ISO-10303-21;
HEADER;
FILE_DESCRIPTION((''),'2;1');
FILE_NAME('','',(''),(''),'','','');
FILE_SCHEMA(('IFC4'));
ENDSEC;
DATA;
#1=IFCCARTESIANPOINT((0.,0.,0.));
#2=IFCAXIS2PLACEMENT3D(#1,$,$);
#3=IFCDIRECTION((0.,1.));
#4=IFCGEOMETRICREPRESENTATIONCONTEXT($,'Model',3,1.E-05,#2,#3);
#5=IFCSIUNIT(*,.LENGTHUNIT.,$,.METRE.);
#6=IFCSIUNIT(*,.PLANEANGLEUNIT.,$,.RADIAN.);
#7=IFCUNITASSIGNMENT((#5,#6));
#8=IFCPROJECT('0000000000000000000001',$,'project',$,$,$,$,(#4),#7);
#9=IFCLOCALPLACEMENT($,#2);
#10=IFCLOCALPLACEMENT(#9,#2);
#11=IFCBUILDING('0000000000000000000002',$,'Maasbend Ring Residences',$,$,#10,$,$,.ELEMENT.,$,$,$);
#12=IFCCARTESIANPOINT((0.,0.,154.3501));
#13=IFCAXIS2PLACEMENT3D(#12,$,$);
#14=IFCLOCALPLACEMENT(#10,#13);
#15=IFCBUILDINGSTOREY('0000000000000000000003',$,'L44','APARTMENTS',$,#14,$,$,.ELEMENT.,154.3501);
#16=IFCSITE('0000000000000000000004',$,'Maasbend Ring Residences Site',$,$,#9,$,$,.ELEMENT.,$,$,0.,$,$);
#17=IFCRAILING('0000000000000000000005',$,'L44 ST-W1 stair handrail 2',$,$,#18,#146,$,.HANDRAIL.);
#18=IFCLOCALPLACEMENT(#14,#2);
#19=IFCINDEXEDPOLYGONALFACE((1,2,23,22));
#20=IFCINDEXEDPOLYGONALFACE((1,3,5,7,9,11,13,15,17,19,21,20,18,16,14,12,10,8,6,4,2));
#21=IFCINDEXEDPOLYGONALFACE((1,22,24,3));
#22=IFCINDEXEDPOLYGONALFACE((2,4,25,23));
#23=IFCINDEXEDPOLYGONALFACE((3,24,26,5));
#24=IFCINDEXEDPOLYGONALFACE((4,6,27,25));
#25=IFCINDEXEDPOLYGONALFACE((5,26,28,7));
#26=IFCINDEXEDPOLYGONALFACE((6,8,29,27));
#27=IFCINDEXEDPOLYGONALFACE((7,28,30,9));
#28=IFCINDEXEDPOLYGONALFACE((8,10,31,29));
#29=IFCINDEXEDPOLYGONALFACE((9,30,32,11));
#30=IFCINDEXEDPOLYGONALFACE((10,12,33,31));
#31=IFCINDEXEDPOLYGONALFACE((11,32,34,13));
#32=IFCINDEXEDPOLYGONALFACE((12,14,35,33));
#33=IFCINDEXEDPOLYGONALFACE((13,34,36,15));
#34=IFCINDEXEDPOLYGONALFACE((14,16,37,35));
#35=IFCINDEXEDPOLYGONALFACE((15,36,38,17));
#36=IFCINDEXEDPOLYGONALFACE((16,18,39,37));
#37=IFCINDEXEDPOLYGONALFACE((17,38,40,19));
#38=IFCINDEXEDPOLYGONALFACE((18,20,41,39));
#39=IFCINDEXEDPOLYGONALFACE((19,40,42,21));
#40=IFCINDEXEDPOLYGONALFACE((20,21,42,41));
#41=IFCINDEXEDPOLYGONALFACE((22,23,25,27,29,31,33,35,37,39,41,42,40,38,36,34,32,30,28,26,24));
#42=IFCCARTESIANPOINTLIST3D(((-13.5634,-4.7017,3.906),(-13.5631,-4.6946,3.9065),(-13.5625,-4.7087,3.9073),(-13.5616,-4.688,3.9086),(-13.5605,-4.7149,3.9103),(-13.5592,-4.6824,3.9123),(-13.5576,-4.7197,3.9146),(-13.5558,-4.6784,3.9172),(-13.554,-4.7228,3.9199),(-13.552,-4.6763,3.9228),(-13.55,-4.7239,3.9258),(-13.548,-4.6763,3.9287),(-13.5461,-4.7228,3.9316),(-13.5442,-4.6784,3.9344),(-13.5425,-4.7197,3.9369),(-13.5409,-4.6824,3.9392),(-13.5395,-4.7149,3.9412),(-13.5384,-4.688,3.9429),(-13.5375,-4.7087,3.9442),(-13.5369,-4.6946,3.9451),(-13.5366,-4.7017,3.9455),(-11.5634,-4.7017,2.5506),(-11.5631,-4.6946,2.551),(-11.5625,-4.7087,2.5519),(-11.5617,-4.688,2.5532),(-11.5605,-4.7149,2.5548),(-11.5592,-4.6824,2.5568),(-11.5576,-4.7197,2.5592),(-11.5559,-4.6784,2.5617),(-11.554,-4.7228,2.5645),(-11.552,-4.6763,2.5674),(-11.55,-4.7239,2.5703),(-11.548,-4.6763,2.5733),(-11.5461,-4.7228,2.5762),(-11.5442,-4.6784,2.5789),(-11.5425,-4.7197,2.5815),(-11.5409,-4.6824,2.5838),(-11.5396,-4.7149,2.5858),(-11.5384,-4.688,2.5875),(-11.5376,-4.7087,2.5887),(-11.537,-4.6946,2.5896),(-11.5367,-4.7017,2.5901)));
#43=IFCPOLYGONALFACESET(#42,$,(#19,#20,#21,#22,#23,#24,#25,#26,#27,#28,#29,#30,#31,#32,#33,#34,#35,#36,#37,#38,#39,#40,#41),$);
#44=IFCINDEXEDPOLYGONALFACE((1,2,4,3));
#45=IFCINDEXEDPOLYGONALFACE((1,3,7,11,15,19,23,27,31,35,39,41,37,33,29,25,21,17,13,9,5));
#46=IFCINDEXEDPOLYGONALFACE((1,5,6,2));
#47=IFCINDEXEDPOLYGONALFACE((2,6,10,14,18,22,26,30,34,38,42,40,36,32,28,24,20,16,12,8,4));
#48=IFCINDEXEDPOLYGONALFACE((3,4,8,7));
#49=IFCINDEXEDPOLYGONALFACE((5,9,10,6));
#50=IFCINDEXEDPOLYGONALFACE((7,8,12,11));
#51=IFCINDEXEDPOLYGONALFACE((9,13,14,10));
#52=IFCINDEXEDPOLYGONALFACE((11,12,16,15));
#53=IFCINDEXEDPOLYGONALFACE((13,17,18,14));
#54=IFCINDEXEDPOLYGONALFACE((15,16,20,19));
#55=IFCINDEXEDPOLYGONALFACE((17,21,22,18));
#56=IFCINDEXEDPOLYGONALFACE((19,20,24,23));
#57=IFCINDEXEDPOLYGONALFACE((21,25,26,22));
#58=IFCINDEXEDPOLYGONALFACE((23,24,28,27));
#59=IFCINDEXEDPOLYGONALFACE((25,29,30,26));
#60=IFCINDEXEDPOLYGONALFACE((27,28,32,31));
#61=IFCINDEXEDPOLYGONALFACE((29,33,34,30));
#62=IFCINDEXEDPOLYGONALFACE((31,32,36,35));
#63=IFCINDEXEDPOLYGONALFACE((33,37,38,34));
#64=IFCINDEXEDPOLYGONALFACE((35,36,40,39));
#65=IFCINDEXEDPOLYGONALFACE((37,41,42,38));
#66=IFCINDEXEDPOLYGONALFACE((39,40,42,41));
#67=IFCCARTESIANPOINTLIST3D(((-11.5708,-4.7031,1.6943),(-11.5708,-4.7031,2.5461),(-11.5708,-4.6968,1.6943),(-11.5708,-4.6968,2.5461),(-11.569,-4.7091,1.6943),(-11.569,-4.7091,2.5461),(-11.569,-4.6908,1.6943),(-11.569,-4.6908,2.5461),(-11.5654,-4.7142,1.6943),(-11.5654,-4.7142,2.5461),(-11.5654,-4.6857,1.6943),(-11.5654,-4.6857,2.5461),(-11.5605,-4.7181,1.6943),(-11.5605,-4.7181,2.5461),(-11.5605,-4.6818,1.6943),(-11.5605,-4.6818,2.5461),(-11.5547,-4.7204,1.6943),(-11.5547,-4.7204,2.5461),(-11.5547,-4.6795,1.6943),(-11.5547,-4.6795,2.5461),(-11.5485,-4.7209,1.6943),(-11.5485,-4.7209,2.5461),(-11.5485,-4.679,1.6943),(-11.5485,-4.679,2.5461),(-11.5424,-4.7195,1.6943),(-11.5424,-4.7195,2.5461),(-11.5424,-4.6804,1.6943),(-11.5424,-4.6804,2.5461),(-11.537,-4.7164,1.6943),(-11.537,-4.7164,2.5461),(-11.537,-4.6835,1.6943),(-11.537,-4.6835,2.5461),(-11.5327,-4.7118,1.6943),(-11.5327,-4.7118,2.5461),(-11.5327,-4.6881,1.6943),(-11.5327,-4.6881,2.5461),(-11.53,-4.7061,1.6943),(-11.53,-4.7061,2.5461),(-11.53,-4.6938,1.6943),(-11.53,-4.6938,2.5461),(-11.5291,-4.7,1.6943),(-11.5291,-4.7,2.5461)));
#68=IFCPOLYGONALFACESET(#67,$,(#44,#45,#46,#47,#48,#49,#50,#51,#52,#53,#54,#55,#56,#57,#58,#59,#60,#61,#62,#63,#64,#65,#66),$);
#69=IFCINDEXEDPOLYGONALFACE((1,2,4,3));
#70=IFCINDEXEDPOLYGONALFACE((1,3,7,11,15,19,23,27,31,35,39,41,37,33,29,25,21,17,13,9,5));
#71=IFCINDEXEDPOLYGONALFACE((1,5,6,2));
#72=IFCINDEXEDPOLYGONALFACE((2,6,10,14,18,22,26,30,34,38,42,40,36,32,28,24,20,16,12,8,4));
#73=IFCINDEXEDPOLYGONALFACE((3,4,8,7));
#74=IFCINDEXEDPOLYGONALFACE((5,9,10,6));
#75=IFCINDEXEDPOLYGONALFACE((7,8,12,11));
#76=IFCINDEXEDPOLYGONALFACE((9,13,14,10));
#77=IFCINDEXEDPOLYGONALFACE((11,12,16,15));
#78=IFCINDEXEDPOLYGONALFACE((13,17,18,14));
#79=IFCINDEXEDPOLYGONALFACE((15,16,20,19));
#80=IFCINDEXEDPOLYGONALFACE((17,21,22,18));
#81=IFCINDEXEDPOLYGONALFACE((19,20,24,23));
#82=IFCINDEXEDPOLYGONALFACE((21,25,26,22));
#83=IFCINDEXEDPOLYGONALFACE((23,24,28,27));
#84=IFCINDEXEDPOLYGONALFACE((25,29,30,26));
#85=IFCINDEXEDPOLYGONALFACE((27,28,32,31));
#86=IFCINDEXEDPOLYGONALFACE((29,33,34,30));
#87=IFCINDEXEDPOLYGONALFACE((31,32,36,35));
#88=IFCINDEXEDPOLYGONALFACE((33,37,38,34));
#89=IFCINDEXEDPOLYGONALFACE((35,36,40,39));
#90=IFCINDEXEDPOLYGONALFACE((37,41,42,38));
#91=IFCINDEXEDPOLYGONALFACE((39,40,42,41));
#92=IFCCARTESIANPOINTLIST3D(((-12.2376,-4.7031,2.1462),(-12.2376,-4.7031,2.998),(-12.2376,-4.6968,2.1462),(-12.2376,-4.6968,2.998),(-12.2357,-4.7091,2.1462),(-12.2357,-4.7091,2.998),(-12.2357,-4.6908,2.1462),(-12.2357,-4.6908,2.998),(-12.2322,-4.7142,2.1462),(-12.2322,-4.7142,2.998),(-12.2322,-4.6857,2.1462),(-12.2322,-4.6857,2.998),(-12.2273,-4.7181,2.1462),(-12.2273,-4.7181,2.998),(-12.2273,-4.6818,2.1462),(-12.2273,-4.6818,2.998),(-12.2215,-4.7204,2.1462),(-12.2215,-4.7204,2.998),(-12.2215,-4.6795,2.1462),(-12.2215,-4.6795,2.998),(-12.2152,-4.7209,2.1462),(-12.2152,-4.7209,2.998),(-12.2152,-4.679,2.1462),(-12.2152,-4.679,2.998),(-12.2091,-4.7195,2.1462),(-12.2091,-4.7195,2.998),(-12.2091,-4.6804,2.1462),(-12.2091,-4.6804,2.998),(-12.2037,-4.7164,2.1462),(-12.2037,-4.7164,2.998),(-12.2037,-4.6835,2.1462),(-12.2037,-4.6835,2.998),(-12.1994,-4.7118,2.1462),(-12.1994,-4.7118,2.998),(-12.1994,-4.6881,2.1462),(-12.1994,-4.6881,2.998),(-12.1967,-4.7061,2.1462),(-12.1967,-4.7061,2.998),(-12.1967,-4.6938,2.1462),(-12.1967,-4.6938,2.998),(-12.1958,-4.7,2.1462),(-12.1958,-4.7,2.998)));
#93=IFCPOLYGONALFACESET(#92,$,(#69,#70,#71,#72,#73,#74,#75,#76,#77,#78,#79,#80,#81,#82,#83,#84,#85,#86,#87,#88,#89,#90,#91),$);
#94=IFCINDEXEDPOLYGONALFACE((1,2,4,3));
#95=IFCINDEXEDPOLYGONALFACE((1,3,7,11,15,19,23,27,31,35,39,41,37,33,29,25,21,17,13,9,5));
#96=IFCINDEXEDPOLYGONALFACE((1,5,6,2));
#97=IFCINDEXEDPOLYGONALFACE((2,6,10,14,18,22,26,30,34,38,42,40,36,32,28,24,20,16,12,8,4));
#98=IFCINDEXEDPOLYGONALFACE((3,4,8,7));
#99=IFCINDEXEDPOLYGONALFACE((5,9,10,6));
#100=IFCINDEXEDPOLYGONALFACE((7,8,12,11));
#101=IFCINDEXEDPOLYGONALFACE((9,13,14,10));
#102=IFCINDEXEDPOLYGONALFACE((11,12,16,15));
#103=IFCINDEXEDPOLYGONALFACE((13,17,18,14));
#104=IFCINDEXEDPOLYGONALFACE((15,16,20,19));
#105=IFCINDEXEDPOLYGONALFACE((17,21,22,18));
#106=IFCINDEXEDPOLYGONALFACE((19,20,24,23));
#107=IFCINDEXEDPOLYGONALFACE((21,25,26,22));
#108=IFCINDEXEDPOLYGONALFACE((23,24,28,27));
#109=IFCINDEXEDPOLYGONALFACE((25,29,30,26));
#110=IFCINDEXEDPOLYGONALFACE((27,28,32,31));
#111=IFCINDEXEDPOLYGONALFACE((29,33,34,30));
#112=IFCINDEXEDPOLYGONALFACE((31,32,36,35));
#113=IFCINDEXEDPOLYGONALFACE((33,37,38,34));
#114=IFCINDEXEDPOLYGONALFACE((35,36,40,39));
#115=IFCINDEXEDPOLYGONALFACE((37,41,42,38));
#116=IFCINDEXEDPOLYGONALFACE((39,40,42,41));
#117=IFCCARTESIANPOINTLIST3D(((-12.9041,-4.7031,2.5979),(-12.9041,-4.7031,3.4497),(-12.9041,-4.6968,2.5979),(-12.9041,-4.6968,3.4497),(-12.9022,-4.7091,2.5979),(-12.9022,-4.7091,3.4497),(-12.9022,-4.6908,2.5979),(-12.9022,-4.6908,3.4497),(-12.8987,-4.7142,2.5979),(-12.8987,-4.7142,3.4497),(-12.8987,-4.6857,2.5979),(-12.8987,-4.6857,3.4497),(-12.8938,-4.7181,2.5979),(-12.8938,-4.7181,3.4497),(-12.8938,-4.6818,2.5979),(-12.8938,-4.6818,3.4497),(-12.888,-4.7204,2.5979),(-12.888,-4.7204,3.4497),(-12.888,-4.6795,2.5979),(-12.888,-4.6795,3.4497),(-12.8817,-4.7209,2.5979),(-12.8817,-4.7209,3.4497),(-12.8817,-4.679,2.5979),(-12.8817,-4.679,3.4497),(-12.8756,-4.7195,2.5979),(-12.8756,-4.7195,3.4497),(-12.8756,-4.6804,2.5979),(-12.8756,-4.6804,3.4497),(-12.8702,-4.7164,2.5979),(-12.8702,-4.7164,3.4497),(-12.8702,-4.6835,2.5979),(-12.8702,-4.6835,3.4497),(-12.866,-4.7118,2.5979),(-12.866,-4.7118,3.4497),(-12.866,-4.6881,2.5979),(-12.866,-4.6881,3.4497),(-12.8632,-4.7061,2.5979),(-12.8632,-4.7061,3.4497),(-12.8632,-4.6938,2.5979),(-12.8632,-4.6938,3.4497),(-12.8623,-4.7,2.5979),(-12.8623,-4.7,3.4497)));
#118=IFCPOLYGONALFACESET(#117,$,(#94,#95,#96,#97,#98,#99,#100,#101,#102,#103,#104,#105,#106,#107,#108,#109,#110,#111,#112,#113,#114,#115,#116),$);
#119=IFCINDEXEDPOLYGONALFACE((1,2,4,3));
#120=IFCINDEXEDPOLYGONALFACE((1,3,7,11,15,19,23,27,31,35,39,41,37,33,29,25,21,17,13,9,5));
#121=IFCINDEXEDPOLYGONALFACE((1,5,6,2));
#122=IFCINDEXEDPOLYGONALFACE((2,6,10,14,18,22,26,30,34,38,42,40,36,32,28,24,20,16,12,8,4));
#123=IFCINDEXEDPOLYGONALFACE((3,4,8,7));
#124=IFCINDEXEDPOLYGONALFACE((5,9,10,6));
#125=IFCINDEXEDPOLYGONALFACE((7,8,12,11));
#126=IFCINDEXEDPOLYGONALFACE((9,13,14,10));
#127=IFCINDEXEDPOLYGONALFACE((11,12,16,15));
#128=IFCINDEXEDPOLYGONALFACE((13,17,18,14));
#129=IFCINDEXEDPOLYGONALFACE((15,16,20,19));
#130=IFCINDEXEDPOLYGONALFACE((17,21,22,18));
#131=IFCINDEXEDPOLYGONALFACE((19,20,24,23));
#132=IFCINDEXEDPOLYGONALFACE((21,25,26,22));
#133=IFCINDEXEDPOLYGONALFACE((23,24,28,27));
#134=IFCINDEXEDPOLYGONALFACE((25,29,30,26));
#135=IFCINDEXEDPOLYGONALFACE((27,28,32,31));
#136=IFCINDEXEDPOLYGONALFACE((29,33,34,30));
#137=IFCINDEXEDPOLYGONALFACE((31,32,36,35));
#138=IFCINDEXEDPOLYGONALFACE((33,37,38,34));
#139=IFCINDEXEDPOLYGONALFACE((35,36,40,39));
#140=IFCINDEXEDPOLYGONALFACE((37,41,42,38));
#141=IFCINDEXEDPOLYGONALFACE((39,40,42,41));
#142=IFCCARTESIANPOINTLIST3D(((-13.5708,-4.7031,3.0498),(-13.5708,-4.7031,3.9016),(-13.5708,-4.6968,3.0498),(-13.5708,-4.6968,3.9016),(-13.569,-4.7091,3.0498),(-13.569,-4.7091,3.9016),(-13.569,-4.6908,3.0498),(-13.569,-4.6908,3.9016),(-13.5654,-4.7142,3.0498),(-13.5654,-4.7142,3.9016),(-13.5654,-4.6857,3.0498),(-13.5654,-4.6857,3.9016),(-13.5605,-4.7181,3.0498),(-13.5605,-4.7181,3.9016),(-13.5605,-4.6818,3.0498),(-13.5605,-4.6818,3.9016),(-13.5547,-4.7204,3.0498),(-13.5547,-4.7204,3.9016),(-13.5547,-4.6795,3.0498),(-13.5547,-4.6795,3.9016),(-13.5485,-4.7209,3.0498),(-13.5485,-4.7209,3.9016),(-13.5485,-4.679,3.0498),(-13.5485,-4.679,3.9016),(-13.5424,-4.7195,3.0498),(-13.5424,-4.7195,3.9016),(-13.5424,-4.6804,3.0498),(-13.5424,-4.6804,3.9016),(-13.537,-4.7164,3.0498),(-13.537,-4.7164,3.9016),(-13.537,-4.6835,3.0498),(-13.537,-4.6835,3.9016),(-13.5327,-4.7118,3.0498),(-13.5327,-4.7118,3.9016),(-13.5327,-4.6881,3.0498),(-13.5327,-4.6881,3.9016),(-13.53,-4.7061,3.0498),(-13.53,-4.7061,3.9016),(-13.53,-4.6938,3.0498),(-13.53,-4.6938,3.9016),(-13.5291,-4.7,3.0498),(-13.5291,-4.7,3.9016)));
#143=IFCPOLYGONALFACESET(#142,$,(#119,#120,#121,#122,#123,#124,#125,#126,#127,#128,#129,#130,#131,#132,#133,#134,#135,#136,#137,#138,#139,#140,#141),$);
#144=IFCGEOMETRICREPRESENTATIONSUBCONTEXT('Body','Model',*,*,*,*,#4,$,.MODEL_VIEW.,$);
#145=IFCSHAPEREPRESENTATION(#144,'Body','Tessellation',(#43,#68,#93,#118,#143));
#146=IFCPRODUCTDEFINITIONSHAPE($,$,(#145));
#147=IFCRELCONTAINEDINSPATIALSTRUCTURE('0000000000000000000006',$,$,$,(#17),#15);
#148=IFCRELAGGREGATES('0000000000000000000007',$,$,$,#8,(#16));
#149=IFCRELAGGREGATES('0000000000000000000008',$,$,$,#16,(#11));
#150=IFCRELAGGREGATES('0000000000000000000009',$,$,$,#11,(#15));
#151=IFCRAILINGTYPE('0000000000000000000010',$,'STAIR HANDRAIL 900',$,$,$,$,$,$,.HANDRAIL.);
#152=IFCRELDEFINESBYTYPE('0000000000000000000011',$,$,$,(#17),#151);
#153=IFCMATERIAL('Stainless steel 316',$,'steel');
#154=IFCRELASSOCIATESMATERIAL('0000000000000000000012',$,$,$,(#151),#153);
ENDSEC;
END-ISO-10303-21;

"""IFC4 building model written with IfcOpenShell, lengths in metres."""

from ifc_helpers import new_model, si_unit, direction, frame, origin, origin_2d, place, context, subcontext, project, spatial, circle, extrude, material, type_object, element, save


model = new_model("IFC4")

# Units and contexts
model_context = context("Model", 3, precision=1e-05, world=origin(), true_north=direction((0.0, 1.0)))
body_context = subcontext(model_context, "Body", "Model", "MODEL_VIEW")
ifc_project = project(units=[si_unit("LENGTHUNIT", "METRE"), si_unit("PLANEANGLEUNIT", "RADIAN")], contexts=[model_context])

# Site, building, storey
site_placement = place(None, origin())
site = spatial("IfcSite", under=ifc_project, at=site_placement, Name="Maasbend Ring Residences Site", CompositionType="ELEMENT", RefElevation=0.0)
building_placement = place(site_placement, origin())
building = spatial("IfcBuilding", under=site, at=building_placement, Name="Maasbend Ring Residences", CompositionType="ELEMENT")
storey_placement = place(building_placement, frame((0.0, 0.0, 154.3501)))
storey = spatial("IfcBuildingStorey", under=building, at=storey_placement, Name="L44", Description="APARTMENTS", CompositionType="ELEMENT", Elevation=154.3501)

# Railing
ifc_material_1 = material(Name="Stainless steel 316", Category="steel")
railing_type_1 = type_object("IfcRailingType", Name="STAIR HANDRAIL 900", PredefinedType="HANDRAIL", material=ifc_material_1)
railing_1_placement = place(storey_placement, frame((-11.55, -4.7, 1.6943)))
element("IfcRailing", 1, at=railing_1_placement, inside=storey, type_object=railing_type_1, Name="L44 ST-W1 stair handrail 2", PredefinedType="HANDRAIL", context=body_context, shape_type="SweptSolid", body=[
    extrude(circle(Radius=0.0239, at=origin_2d()), frame((0.0, 0.0, 0.876), z_axis=(-0.827798, 0.0, 0.561027), x_axis=(0.0, -1.0, 0.0)), (0.0, 0.0, 1.0), 2.416),
    extrude(circle(Radius=0.021, at=origin_2d()), origin(), (0.0, 0.0, 1.0), 0.8518),
    extrude(circle(Radius=0.021, at=origin_2d()), frame((-0.6667, 0.0, 0.4519)), (0.0, 0.0, 1.0), 0.8518),
    extrude(circle(Radius=0.021, at=origin_2d()), frame((-1.3333, 0.0, 0.9036)), (0.0, 0.0, 1.0), 0.8518),
    extrude(circle(Radius=0.021, at=origin_2d()), frame((-2.0, 0.0, 1.3555)), (0.0, 0.0, 1.0), 0.8518),
])

save(model, "model.ifc")
